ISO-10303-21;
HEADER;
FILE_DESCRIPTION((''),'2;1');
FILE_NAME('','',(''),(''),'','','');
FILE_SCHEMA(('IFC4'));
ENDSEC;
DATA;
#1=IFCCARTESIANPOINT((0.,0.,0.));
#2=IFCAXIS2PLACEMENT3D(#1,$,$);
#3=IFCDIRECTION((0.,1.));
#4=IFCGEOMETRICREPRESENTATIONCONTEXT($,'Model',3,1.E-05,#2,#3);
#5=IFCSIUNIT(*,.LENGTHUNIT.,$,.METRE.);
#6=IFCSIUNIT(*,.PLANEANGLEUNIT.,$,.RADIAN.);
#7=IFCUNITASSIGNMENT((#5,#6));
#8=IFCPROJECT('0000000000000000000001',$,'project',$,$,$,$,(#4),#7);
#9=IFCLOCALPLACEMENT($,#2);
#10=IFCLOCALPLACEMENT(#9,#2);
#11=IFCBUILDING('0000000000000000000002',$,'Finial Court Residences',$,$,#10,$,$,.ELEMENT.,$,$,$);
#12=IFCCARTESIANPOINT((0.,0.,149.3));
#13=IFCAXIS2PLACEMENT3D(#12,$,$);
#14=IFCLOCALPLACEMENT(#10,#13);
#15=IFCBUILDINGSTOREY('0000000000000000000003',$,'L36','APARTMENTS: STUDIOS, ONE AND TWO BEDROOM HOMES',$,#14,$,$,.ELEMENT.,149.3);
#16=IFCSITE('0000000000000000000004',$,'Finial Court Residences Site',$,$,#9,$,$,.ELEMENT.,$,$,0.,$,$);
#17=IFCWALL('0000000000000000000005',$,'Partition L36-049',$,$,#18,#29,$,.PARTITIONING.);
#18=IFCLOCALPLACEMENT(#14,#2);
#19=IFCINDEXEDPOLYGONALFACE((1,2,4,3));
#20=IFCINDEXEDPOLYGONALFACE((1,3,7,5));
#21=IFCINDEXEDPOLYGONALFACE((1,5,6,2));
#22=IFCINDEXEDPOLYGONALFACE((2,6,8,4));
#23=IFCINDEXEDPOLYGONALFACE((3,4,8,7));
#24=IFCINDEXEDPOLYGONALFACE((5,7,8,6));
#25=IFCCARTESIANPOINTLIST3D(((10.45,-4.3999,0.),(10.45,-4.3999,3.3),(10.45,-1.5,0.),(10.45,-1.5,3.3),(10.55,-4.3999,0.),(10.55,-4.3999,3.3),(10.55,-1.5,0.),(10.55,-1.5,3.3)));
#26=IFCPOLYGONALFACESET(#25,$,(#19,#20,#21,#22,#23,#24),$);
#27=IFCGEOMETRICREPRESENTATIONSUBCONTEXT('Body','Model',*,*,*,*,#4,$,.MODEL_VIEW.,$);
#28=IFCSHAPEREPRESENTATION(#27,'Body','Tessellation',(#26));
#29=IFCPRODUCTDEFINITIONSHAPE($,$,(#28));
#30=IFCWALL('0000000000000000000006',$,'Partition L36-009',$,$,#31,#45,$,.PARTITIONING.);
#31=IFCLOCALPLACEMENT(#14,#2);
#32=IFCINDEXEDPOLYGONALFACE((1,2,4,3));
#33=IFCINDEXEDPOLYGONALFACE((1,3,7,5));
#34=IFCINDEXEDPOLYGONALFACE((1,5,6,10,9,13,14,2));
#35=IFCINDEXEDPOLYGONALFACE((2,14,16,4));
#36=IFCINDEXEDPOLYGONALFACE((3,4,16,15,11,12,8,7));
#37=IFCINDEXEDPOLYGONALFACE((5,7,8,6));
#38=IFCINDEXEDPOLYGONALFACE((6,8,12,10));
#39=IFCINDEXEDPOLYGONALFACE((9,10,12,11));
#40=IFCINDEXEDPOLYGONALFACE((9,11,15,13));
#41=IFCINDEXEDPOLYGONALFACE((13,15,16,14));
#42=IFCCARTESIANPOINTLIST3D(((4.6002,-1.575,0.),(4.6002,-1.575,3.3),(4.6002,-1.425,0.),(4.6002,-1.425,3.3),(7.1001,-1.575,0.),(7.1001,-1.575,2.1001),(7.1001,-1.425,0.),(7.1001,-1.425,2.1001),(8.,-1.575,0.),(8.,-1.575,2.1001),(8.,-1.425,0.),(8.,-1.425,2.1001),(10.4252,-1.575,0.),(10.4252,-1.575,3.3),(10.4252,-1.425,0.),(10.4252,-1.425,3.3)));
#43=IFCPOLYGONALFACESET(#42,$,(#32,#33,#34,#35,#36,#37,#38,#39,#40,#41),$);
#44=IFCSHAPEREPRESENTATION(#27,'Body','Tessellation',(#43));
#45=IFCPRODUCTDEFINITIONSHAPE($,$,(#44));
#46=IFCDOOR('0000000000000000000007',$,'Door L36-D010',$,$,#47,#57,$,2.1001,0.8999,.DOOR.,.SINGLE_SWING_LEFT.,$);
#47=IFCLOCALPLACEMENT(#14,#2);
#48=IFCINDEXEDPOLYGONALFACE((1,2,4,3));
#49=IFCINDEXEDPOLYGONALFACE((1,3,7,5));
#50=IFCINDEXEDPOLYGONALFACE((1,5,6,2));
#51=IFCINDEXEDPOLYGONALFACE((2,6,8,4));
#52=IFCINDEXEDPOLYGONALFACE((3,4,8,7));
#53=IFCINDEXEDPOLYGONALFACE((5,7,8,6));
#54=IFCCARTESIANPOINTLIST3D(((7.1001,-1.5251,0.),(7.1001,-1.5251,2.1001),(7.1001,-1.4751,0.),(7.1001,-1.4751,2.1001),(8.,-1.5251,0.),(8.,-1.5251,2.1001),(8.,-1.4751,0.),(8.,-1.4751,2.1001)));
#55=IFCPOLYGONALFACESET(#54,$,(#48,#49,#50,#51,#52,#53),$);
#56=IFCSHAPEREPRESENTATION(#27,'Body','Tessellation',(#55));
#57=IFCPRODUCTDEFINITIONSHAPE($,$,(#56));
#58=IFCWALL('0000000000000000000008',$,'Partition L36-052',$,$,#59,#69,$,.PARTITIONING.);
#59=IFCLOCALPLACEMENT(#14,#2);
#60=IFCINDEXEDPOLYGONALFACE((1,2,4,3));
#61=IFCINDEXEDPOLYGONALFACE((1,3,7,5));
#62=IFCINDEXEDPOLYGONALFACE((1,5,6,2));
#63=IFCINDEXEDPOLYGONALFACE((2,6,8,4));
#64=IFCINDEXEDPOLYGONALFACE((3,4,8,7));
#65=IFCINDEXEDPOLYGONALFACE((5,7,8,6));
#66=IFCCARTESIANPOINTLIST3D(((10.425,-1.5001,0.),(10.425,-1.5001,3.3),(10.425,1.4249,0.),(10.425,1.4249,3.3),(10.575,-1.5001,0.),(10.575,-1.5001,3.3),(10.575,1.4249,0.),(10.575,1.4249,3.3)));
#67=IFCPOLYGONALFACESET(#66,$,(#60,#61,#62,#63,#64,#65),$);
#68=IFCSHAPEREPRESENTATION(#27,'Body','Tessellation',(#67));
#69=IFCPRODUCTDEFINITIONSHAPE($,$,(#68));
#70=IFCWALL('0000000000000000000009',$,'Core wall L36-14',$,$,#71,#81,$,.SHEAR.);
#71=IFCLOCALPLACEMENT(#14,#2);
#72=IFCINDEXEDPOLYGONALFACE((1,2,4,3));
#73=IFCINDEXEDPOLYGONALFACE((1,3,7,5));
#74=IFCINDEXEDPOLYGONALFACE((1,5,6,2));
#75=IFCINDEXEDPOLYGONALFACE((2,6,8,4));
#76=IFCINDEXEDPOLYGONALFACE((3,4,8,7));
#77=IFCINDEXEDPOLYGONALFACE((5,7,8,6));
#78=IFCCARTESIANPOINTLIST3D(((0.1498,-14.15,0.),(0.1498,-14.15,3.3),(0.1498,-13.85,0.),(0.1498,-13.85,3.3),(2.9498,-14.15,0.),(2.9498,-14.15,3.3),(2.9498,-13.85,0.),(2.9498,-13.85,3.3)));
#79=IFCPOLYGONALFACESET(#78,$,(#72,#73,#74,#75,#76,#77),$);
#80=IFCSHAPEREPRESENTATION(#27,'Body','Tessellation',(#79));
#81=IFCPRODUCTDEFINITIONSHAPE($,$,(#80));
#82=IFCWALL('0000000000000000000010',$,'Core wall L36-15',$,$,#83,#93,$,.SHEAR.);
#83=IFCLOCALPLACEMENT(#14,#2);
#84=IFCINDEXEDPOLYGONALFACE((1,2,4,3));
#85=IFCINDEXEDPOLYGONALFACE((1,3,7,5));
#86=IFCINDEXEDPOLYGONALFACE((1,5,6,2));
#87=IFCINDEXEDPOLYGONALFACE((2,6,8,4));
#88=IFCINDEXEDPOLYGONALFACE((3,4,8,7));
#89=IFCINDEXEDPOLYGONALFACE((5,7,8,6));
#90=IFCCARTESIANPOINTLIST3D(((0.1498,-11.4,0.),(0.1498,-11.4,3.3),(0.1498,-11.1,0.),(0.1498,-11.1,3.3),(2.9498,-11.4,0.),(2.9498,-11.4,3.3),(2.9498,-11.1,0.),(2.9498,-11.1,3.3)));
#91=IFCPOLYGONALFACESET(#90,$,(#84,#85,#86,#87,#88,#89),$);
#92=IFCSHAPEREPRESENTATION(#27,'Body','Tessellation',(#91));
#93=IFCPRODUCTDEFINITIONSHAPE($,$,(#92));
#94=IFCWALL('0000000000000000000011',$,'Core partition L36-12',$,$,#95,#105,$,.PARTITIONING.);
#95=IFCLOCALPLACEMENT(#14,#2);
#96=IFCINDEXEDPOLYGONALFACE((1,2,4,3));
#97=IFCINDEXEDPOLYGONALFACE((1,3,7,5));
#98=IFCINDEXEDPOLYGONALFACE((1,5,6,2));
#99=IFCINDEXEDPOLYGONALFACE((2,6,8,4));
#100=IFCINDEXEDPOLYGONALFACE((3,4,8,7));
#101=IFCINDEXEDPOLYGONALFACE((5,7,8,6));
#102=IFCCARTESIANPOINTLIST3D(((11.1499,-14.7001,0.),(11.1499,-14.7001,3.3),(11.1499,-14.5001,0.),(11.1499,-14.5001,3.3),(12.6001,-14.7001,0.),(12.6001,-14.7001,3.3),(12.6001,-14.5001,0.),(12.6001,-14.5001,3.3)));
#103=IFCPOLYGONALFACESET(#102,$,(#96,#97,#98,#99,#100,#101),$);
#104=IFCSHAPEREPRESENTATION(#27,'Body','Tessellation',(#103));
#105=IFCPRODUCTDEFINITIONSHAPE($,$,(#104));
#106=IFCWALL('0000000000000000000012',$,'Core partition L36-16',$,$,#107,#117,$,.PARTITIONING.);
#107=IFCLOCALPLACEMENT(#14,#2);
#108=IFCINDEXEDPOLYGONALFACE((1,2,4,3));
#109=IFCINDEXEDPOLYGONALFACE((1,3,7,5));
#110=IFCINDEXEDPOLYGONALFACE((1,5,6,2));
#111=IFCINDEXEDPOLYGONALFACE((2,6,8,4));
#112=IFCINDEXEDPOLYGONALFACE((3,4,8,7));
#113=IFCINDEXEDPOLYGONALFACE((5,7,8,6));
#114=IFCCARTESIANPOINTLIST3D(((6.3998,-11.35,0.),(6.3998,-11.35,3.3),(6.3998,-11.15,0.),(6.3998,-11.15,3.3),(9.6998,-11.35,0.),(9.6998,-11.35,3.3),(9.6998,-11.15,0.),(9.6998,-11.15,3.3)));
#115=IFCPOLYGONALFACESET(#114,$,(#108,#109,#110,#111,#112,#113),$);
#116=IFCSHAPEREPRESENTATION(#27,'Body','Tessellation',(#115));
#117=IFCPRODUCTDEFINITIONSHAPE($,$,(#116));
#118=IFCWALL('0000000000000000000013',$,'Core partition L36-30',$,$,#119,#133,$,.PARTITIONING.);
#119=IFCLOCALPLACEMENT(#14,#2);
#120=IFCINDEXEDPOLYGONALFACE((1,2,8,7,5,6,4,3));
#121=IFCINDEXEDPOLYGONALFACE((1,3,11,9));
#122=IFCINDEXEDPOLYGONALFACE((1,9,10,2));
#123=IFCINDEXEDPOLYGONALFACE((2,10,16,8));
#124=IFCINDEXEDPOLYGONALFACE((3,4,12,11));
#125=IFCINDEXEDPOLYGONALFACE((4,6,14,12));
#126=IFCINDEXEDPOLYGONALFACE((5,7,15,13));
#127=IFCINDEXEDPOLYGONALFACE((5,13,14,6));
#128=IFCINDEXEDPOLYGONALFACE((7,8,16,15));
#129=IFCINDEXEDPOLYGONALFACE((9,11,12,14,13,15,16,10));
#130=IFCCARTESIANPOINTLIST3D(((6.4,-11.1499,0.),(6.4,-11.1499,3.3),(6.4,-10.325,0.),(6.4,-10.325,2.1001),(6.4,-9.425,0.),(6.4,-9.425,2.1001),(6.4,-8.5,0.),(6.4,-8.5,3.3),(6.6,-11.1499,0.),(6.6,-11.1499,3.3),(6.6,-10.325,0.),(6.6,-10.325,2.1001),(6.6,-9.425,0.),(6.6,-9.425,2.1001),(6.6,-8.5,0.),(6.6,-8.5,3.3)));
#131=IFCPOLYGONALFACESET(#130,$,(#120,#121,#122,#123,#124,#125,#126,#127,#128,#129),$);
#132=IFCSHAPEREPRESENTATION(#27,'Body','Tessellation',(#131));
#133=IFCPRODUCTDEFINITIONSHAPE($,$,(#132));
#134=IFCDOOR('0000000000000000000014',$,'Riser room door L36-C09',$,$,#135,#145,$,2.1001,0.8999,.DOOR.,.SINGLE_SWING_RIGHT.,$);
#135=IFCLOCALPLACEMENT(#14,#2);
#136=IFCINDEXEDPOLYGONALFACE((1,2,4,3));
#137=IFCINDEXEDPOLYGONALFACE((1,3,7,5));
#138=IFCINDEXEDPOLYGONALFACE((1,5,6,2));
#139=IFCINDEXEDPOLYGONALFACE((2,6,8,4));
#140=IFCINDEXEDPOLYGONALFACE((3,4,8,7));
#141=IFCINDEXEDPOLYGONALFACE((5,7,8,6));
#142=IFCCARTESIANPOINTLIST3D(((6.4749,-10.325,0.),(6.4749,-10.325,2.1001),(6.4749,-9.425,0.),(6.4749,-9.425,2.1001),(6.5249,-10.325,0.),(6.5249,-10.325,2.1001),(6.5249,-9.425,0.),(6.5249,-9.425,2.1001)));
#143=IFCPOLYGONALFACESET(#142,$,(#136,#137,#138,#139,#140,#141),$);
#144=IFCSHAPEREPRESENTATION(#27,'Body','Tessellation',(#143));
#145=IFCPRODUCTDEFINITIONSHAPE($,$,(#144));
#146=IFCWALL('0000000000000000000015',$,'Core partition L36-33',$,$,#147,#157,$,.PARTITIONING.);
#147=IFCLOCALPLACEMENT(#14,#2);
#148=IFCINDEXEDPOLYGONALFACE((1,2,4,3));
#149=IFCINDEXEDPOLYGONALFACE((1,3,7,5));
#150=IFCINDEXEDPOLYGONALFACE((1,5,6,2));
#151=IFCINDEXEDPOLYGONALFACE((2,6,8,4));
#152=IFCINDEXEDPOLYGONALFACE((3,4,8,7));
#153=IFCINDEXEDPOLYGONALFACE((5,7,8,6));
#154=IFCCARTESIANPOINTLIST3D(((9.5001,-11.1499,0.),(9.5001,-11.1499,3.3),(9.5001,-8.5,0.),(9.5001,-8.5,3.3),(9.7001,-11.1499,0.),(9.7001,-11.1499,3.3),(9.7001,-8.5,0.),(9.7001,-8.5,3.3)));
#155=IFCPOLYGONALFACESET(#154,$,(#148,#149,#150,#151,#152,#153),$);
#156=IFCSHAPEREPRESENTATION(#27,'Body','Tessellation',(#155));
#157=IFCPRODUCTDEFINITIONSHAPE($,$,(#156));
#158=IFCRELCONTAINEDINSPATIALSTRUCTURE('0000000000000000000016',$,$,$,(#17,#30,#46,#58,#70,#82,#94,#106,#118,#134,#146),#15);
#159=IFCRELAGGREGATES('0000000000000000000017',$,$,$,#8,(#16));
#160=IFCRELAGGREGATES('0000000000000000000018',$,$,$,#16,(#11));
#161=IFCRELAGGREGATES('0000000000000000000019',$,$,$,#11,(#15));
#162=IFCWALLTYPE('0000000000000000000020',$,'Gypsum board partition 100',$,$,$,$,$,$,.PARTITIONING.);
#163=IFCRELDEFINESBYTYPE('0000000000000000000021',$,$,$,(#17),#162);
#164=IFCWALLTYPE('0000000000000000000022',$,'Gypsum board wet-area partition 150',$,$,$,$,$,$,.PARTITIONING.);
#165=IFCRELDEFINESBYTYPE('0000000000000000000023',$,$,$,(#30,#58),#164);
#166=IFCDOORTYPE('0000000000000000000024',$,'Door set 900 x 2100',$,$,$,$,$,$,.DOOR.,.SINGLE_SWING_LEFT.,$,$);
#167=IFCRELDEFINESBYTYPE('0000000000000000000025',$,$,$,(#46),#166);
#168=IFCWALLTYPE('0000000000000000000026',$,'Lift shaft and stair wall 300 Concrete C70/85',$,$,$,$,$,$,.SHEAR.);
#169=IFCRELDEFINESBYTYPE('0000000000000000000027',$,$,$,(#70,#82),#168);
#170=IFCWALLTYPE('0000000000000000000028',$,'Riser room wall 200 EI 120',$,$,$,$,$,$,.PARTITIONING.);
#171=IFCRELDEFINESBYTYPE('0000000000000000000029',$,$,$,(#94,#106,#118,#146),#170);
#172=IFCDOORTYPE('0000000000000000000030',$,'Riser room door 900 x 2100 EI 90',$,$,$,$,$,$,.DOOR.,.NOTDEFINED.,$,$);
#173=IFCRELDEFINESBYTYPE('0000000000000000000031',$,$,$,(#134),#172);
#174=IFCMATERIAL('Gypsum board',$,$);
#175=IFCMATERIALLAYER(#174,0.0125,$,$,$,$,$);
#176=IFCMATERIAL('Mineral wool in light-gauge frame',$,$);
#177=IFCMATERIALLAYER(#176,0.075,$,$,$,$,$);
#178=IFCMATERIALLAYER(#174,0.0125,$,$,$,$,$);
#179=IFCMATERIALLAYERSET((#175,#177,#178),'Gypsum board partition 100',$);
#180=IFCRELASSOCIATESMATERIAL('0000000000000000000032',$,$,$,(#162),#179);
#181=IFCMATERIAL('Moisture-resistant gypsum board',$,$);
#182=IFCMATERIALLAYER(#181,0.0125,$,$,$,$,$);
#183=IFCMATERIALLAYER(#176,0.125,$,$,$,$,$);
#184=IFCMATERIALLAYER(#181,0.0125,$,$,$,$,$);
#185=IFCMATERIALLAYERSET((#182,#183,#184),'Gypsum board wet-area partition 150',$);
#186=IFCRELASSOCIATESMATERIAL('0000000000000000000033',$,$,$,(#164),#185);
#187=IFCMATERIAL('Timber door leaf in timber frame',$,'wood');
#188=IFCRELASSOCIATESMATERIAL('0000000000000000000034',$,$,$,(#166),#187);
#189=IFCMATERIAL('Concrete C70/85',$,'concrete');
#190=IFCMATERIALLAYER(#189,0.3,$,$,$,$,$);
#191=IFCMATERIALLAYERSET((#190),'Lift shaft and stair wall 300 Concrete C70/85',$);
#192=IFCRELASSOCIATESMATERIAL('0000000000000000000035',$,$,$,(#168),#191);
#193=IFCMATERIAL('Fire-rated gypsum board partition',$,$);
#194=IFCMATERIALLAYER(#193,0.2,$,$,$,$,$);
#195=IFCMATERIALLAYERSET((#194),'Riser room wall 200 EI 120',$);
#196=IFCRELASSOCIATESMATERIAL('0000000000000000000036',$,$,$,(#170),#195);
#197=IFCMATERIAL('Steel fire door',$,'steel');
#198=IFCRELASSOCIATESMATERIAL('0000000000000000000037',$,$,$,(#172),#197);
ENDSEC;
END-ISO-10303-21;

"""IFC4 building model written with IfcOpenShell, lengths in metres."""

from ifc_helpers import new_model, si_unit, direction, frame, frame_2d, origin, place, context, subcontext, project, spatial, rectangle, extrude, material, layer, layer_set, type_object, element, fill, save


model = new_model("IFC4")

# Units and contexts
model_context = context("Model", 3, precision=1e-05, world=origin(), true_north=direction((0.0, 1.0)))
body_context = subcontext(model_context, "Body", "Model", "MODEL_VIEW")
ifc_project = project(units=[si_unit("LENGTHUNIT", "METRE"), si_unit("PLANEANGLEUNIT", "RADIAN")], contexts=[model_context])

# Site, building, storey
site_placement = place(None, origin())
site = spatial("IfcSite", under=ifc_project, at=site_placement, Name="Finial Court Residences Site", CompositionType="ELEMENT", RefElevation=0.0)
building_placement = place(site_placement, origin())
building = spatial("IfcBuilding", under=site, at=building_placement, Name="Finial Court Residences", CompositionType="ELEMENT")
storey_placement = place(building_placement, frame((0.0, 0.0, 149.3)))
storey = spatial("IfcBuildingStorey", under=building, at=storey_placement, Name="L36", Description="APARTMENTS: STUDIOS, ONE AND TWO BEDROOM HOMES", CompositionType="ELEMENT", Elevation=149.3)

# Shared definitions
ifc_material_1 = material(Name="Fire-rated gypsum board partition")
ifc_material_2 = material(Name="Steel fire door", Category="steel")

# Shared definitions
ifc_material_3 = material(Name="Gypsum board")

# Wall
ifc_layer_1 = layer(ifc_material_3, 0.0125)
ifc_material_4 = material(Name="Mineral wool in light-gauge frame")
ifc_layer_2 = layer(ifc_material_4, 0.075)
ifc_layer_3 = layer(ifc_material_3, 0.0125)
ifc_layer_set_1 = layer_set([ifc_layer_1, ifc_layer_2, ifc_layer_3], Name="Gypsum board partition 100")
wall_type_1 = type_object("IfcWallType", Name="Gypsum board partition 100", PredefinedType="PARTITIONING", material=ifc_layer_set_1)
wall_1_placement = place(storey_placement, frame((10.5, -4.3999, 0.0), z_axis=(0.0, 0.0, 1.0), x_axis=(0.0, 1.0, 0.0)))
element("IfcWall", 1, at=wall_1_placement, inside=storey, type_object=wall_type_1, Name="Partition L36-049", PredefinedType="PARTITIONING", context=body_context, shape_type="SweptSolid", body=[
    extrude(rectangle(XDim=2.8999, YDim=0.1001, at=frame_2d((1.45, 0.0))), origin(), (0.0, 0.0, 1.0), 3.3),
])

# Wall, opening, door
ifc_material_5 = material(Name="Moisture-resistant gypsum board")
ifc_layer_4 = layer(ifc_material_5, 0.0125)
ifc_layer_5 = layer(ifc_material_4, 0.125)
ifc_layer_6 = layer(ifc_material_5, 0.0125)
ifc_layer_set_2 = layer_set([ifc_layer_4, ifc_layer_5, ifc_layer_6], Name="Gypsum board wet-area partition 150")
wall_type_2 = type_object("IfcWallType", Name="Gypsum board wet-area partition 150", PredefinedType="PARTITIONING", material=ifc_layer_set_2)
wall_2_placement = place(storey_placement, frame((4.6001, -1.5, 0.0), z_axis=(0.0, 0.0, 1.0), x_axis=(1.0, 0.0, 0.0)))
wall_2 = element("IfcWall", 2, at=wall_2_placement, inside=storey, type_object=wall_type_2, Name="Partition L36-009", PredefinedType="PARTITIONING", context=body_context, shape_type="SweptSolid", body=[
    extrude(rectangle(XDim=5.825, YDim=0.1499, at=frame_2d((2.9126, 0.0))), origin(), (0.0, 0.0, 1.0), 3.3),
])
opening_1_placement = place(wall_2_placement, frame((2.5, 0.0, 0.0)))
opening_1 = element("IfcOpeningElement", 3, at=opening_1_placement, cuts=wall_2, PredefinedType="OPENING", context=body_context, shape_type="SweptSolid", body=[
    extrude(rectangle(XDim=0.8999, YDim=2.1001, at=frame_2d((0.45, 1.05))), frame((0.0, 0.085, 0.0), z_axis=(0.0, -1.0, 0.0), x_axis=(1.0, 0.0, 0.0)), (0.0, 0.0, 1.0), 0.1699),
])
ifc_material_6 = material(Name="Timber door leaf in timber frame", Category="wood")
door_type_1 = type_object("IfcDoorType", Name="Door set 900 x 2100", OperationType="SINGLE_SWING_LEFT", PredefinedType="DOOR", material=ifc_material_6)
door_1_placement = place(opening_1_placement, origin())
door_1 = element("IfcDoor", 4, at=door_1_placement, inside=storey, type_object=door_type_1, Name="Door L36-D010", OperationType="SINGLE_SWING_LEFT", OverallHeight=2.1001, OverallWidth=0.8999, PredefinedType="DOOR", context=body_context, shape_type="SweptSolid", body=[
    extrude(rectangle(XDim=0.8999, YDim=2.1001, at=frame_2d((0.45, 1.05))), frame((0.0, 0.0249, 0.0), z_axis=(0.0, -1.0, 0.0), x_axis=(1.0, 0.0, 0.0)), (0.0, 0.0, 1.0), 0.05),
])
fill(opening_1, door_1)

# Walls
wall_3_placement = place(storey_placement, frame((10.5, -1.5, 0.0), z_axis=(0.0, 0.0, 1.0), x_axis=(0.0, 1.0, 0.0)))
element("IfcWall", 5, at=wall_3_placement, inside=storey, type_object=wall_type_2, Name="Partition L36-052", PredefinedType="PARTITIONING", context=body_context, shape_type="SweptSolid", body=[
    extrude(rectangle(XDim=2.925, YDim=0.1499, at=frame_2d((1.4624, 0.0))), origin(), (0.0, 0.0, 1.0), 3.3),
])
ifc_material_7 = material(Name="Concrete C70/85", Category="concrete")
ifc_layer_7 = layer(ifc_material_7, 0.3)
ifc_layer_set_3 = layer_set([ifc_layer_7], Name="Lift shaft and stair wall 300 Concrete C70/85")
wall_type_3 = type_object("IfcWallType", Name="Lift shaft and stair wall 300 Concrete C70/85", PredefinedType="SHEAR", material=ifc_layer_set_3)
for number, where, z_axis, x_axis, name in (
    (6, (0.1499, -14.0, 0.0), (0.0, 0.0, 1.0), (1.0, 0.0, 0.0), "Core wall L36-14"),
    (7, (0.1499, -11.25, 0.0), (0.0, 0.0, 1.0), (1.0, 0.0, 0.0), "Core wall L36-15"),
):
    element("IfcWall", number, at=place(storey_placement, frame(where, z_axis=z_axis, x_axis=x_axis)), inside=storey, type_object=wall_type_3, Name=name, PredefinedType="SHEAR", context=body_context, shape_type="SweptSolid", body=[
        extrude(rectangle(XDim=2.8, YDim=0.3, at=frame_2d((1.3999, 0.0))), origin(), (0.0, 0.0, 1.0), 3.3),
    ])
ifc_layer_8 = layer(ifc_material_1, 0.2)
ifc_layer_set_4 = layer_set([ifc_layer_8], Name="Riser room wall 200 EI 120")
wall_type_4 = type_object("IfcWallType", Name="Riser room wall 200 EI 120", PredefinedType="PARTITIONING", material=ifc_layer_set_4)
wall_4_placement = place(storey_placement, frame((11.1499, -14.6001, 0.0), z_axis=(0.0, 0.0, 1.0), x_axis=(1.0, 0.0, 0.0)))
element("IfcWall", 8, at=wall_4_placement, inside=storey, type_object=wall_type_4, Name="Core partition L36-12", PredefinedType="PARTITIONING", context=body_context, shape_type="SweptSolid", body=[
    extrude(rectangle(XDim=1.4502, YDim=0.2, at=frame_2d((0.7251, 0.0))), origin(), (0.0, 0.0, 1.0), 3.3),
])
wall_5_placement = place(storey_placement, frame((6.3999, -11.25, 0.0), z_axis=(0.0, 0.0, 1.0), x_axis=(1.0, 0.0, 0.0)))
element("IfcWall", 9, at=wall_5_placement, inside=storey, type_object=wall_type_4, Name="Core partition L36-16", PredefinedType="PARTITIONING", context=body_context, shape_type="SweptSolid", body=[
    extrude(rectangle(XDim=3.3, YDim=0.2, at=frame_2d((1.6499, 0.0))), origin(), (0.0, 0.0, 1.0), 3.3),
])

# Wall, opening, door
wall_6_placement = place(storey_placement, frame((6.5, -8.5, 0.0), z_axis=(0.0, 0.0, 1.0), x_axis=(0.0, -1.0, 0.0)))
wall_6 = element("IfcWall", 10, at=wall_6_placement, inside=storey, type_object=wall_type_4, Name="Core partition L36-30", PredefinedType="PARTITIONING", context=body_context, shape_type="SweptSolid", body=[
    extrude(rectangle(XDim=2.6499, YDim=0.2, at=frame_2d((1.325, 0.0))), origin(), (0.0, 0.0, 1.0), 3.3),
])
opening_2_placement = place(wall_6_placement, frame((0.925, 0.0, 0.0)))
opening_2 = element("IfcOpeningElement", 11, at=opening_2_placement, cuts=wall_6, PredefinedType="OPENING", context=body_context, shape_type="SweptSolid", body=[
    extrude(rectangle(XDim=0.8999, YDim=2.1001, at=frame_2d((0.45, 1.05))), frame((0.0, 0.1099, 0.0), z_axis=(0.0, -1.0, 0.0), x_axis=(1.0, 0.0, 0.0)), (0.0, 0.0, 1.0), 0.22),
])
door_type_2 = type_object("IfcDoorType", Name="Riser room door 900 x 2100 EI 90", OperationType="NOTDEFINED", PredefinedType="DOOR", material=ifc_material_2)
door_2_placement = place(opening_2_placement, origin())
door_2 = element("IfcDoor", 12, at=door_2_placement, inside=storey, type_object=door_type_2, Name="Riser room door L36-C09", OperationType="SINGLE_SWING_RIGHT", OverallHeight=2.1001, OverallWidth=0.8999, PredefinedType="DOOR", context=body_context, shape_type="SweptSolid", body=[
    extrude(rectangle(XDim=0.8999, YDim=2.1001, at=frame_2d((0.45, 1.05))), frame((0.0, 0.0249, 0.0), z_axis=(0.0, -1.0, 0.0), x_axis=(1.0, 0.0, 0.0)), (0.0, 0.0, 1.0), 0.05),
])
fill(opening_2, door_2)

# Wall
wall_7_placement = place(storey_placement, frame((9.6001, -11.1499, 0.0), z_axis=(0.0, 0.0, 1.0), x_axis=(0.0, 1.0, 0.0)))
element("IfcWall", 13, at=wall_7_placement, inside=storey, type_object=wall_type_4, Name="Core partition L36-33", PredefinedType="PARTITIONING", context=body_context, shape_type="SweptSolid", body=[
    extrude(rectangle(XDim=2.6499, YDim=0.2, at=frame_2d((1.325, 0.0))), origin(), (0.0, 0.0, 1.0), 3.3),
])

save(model, "model.ifc")
